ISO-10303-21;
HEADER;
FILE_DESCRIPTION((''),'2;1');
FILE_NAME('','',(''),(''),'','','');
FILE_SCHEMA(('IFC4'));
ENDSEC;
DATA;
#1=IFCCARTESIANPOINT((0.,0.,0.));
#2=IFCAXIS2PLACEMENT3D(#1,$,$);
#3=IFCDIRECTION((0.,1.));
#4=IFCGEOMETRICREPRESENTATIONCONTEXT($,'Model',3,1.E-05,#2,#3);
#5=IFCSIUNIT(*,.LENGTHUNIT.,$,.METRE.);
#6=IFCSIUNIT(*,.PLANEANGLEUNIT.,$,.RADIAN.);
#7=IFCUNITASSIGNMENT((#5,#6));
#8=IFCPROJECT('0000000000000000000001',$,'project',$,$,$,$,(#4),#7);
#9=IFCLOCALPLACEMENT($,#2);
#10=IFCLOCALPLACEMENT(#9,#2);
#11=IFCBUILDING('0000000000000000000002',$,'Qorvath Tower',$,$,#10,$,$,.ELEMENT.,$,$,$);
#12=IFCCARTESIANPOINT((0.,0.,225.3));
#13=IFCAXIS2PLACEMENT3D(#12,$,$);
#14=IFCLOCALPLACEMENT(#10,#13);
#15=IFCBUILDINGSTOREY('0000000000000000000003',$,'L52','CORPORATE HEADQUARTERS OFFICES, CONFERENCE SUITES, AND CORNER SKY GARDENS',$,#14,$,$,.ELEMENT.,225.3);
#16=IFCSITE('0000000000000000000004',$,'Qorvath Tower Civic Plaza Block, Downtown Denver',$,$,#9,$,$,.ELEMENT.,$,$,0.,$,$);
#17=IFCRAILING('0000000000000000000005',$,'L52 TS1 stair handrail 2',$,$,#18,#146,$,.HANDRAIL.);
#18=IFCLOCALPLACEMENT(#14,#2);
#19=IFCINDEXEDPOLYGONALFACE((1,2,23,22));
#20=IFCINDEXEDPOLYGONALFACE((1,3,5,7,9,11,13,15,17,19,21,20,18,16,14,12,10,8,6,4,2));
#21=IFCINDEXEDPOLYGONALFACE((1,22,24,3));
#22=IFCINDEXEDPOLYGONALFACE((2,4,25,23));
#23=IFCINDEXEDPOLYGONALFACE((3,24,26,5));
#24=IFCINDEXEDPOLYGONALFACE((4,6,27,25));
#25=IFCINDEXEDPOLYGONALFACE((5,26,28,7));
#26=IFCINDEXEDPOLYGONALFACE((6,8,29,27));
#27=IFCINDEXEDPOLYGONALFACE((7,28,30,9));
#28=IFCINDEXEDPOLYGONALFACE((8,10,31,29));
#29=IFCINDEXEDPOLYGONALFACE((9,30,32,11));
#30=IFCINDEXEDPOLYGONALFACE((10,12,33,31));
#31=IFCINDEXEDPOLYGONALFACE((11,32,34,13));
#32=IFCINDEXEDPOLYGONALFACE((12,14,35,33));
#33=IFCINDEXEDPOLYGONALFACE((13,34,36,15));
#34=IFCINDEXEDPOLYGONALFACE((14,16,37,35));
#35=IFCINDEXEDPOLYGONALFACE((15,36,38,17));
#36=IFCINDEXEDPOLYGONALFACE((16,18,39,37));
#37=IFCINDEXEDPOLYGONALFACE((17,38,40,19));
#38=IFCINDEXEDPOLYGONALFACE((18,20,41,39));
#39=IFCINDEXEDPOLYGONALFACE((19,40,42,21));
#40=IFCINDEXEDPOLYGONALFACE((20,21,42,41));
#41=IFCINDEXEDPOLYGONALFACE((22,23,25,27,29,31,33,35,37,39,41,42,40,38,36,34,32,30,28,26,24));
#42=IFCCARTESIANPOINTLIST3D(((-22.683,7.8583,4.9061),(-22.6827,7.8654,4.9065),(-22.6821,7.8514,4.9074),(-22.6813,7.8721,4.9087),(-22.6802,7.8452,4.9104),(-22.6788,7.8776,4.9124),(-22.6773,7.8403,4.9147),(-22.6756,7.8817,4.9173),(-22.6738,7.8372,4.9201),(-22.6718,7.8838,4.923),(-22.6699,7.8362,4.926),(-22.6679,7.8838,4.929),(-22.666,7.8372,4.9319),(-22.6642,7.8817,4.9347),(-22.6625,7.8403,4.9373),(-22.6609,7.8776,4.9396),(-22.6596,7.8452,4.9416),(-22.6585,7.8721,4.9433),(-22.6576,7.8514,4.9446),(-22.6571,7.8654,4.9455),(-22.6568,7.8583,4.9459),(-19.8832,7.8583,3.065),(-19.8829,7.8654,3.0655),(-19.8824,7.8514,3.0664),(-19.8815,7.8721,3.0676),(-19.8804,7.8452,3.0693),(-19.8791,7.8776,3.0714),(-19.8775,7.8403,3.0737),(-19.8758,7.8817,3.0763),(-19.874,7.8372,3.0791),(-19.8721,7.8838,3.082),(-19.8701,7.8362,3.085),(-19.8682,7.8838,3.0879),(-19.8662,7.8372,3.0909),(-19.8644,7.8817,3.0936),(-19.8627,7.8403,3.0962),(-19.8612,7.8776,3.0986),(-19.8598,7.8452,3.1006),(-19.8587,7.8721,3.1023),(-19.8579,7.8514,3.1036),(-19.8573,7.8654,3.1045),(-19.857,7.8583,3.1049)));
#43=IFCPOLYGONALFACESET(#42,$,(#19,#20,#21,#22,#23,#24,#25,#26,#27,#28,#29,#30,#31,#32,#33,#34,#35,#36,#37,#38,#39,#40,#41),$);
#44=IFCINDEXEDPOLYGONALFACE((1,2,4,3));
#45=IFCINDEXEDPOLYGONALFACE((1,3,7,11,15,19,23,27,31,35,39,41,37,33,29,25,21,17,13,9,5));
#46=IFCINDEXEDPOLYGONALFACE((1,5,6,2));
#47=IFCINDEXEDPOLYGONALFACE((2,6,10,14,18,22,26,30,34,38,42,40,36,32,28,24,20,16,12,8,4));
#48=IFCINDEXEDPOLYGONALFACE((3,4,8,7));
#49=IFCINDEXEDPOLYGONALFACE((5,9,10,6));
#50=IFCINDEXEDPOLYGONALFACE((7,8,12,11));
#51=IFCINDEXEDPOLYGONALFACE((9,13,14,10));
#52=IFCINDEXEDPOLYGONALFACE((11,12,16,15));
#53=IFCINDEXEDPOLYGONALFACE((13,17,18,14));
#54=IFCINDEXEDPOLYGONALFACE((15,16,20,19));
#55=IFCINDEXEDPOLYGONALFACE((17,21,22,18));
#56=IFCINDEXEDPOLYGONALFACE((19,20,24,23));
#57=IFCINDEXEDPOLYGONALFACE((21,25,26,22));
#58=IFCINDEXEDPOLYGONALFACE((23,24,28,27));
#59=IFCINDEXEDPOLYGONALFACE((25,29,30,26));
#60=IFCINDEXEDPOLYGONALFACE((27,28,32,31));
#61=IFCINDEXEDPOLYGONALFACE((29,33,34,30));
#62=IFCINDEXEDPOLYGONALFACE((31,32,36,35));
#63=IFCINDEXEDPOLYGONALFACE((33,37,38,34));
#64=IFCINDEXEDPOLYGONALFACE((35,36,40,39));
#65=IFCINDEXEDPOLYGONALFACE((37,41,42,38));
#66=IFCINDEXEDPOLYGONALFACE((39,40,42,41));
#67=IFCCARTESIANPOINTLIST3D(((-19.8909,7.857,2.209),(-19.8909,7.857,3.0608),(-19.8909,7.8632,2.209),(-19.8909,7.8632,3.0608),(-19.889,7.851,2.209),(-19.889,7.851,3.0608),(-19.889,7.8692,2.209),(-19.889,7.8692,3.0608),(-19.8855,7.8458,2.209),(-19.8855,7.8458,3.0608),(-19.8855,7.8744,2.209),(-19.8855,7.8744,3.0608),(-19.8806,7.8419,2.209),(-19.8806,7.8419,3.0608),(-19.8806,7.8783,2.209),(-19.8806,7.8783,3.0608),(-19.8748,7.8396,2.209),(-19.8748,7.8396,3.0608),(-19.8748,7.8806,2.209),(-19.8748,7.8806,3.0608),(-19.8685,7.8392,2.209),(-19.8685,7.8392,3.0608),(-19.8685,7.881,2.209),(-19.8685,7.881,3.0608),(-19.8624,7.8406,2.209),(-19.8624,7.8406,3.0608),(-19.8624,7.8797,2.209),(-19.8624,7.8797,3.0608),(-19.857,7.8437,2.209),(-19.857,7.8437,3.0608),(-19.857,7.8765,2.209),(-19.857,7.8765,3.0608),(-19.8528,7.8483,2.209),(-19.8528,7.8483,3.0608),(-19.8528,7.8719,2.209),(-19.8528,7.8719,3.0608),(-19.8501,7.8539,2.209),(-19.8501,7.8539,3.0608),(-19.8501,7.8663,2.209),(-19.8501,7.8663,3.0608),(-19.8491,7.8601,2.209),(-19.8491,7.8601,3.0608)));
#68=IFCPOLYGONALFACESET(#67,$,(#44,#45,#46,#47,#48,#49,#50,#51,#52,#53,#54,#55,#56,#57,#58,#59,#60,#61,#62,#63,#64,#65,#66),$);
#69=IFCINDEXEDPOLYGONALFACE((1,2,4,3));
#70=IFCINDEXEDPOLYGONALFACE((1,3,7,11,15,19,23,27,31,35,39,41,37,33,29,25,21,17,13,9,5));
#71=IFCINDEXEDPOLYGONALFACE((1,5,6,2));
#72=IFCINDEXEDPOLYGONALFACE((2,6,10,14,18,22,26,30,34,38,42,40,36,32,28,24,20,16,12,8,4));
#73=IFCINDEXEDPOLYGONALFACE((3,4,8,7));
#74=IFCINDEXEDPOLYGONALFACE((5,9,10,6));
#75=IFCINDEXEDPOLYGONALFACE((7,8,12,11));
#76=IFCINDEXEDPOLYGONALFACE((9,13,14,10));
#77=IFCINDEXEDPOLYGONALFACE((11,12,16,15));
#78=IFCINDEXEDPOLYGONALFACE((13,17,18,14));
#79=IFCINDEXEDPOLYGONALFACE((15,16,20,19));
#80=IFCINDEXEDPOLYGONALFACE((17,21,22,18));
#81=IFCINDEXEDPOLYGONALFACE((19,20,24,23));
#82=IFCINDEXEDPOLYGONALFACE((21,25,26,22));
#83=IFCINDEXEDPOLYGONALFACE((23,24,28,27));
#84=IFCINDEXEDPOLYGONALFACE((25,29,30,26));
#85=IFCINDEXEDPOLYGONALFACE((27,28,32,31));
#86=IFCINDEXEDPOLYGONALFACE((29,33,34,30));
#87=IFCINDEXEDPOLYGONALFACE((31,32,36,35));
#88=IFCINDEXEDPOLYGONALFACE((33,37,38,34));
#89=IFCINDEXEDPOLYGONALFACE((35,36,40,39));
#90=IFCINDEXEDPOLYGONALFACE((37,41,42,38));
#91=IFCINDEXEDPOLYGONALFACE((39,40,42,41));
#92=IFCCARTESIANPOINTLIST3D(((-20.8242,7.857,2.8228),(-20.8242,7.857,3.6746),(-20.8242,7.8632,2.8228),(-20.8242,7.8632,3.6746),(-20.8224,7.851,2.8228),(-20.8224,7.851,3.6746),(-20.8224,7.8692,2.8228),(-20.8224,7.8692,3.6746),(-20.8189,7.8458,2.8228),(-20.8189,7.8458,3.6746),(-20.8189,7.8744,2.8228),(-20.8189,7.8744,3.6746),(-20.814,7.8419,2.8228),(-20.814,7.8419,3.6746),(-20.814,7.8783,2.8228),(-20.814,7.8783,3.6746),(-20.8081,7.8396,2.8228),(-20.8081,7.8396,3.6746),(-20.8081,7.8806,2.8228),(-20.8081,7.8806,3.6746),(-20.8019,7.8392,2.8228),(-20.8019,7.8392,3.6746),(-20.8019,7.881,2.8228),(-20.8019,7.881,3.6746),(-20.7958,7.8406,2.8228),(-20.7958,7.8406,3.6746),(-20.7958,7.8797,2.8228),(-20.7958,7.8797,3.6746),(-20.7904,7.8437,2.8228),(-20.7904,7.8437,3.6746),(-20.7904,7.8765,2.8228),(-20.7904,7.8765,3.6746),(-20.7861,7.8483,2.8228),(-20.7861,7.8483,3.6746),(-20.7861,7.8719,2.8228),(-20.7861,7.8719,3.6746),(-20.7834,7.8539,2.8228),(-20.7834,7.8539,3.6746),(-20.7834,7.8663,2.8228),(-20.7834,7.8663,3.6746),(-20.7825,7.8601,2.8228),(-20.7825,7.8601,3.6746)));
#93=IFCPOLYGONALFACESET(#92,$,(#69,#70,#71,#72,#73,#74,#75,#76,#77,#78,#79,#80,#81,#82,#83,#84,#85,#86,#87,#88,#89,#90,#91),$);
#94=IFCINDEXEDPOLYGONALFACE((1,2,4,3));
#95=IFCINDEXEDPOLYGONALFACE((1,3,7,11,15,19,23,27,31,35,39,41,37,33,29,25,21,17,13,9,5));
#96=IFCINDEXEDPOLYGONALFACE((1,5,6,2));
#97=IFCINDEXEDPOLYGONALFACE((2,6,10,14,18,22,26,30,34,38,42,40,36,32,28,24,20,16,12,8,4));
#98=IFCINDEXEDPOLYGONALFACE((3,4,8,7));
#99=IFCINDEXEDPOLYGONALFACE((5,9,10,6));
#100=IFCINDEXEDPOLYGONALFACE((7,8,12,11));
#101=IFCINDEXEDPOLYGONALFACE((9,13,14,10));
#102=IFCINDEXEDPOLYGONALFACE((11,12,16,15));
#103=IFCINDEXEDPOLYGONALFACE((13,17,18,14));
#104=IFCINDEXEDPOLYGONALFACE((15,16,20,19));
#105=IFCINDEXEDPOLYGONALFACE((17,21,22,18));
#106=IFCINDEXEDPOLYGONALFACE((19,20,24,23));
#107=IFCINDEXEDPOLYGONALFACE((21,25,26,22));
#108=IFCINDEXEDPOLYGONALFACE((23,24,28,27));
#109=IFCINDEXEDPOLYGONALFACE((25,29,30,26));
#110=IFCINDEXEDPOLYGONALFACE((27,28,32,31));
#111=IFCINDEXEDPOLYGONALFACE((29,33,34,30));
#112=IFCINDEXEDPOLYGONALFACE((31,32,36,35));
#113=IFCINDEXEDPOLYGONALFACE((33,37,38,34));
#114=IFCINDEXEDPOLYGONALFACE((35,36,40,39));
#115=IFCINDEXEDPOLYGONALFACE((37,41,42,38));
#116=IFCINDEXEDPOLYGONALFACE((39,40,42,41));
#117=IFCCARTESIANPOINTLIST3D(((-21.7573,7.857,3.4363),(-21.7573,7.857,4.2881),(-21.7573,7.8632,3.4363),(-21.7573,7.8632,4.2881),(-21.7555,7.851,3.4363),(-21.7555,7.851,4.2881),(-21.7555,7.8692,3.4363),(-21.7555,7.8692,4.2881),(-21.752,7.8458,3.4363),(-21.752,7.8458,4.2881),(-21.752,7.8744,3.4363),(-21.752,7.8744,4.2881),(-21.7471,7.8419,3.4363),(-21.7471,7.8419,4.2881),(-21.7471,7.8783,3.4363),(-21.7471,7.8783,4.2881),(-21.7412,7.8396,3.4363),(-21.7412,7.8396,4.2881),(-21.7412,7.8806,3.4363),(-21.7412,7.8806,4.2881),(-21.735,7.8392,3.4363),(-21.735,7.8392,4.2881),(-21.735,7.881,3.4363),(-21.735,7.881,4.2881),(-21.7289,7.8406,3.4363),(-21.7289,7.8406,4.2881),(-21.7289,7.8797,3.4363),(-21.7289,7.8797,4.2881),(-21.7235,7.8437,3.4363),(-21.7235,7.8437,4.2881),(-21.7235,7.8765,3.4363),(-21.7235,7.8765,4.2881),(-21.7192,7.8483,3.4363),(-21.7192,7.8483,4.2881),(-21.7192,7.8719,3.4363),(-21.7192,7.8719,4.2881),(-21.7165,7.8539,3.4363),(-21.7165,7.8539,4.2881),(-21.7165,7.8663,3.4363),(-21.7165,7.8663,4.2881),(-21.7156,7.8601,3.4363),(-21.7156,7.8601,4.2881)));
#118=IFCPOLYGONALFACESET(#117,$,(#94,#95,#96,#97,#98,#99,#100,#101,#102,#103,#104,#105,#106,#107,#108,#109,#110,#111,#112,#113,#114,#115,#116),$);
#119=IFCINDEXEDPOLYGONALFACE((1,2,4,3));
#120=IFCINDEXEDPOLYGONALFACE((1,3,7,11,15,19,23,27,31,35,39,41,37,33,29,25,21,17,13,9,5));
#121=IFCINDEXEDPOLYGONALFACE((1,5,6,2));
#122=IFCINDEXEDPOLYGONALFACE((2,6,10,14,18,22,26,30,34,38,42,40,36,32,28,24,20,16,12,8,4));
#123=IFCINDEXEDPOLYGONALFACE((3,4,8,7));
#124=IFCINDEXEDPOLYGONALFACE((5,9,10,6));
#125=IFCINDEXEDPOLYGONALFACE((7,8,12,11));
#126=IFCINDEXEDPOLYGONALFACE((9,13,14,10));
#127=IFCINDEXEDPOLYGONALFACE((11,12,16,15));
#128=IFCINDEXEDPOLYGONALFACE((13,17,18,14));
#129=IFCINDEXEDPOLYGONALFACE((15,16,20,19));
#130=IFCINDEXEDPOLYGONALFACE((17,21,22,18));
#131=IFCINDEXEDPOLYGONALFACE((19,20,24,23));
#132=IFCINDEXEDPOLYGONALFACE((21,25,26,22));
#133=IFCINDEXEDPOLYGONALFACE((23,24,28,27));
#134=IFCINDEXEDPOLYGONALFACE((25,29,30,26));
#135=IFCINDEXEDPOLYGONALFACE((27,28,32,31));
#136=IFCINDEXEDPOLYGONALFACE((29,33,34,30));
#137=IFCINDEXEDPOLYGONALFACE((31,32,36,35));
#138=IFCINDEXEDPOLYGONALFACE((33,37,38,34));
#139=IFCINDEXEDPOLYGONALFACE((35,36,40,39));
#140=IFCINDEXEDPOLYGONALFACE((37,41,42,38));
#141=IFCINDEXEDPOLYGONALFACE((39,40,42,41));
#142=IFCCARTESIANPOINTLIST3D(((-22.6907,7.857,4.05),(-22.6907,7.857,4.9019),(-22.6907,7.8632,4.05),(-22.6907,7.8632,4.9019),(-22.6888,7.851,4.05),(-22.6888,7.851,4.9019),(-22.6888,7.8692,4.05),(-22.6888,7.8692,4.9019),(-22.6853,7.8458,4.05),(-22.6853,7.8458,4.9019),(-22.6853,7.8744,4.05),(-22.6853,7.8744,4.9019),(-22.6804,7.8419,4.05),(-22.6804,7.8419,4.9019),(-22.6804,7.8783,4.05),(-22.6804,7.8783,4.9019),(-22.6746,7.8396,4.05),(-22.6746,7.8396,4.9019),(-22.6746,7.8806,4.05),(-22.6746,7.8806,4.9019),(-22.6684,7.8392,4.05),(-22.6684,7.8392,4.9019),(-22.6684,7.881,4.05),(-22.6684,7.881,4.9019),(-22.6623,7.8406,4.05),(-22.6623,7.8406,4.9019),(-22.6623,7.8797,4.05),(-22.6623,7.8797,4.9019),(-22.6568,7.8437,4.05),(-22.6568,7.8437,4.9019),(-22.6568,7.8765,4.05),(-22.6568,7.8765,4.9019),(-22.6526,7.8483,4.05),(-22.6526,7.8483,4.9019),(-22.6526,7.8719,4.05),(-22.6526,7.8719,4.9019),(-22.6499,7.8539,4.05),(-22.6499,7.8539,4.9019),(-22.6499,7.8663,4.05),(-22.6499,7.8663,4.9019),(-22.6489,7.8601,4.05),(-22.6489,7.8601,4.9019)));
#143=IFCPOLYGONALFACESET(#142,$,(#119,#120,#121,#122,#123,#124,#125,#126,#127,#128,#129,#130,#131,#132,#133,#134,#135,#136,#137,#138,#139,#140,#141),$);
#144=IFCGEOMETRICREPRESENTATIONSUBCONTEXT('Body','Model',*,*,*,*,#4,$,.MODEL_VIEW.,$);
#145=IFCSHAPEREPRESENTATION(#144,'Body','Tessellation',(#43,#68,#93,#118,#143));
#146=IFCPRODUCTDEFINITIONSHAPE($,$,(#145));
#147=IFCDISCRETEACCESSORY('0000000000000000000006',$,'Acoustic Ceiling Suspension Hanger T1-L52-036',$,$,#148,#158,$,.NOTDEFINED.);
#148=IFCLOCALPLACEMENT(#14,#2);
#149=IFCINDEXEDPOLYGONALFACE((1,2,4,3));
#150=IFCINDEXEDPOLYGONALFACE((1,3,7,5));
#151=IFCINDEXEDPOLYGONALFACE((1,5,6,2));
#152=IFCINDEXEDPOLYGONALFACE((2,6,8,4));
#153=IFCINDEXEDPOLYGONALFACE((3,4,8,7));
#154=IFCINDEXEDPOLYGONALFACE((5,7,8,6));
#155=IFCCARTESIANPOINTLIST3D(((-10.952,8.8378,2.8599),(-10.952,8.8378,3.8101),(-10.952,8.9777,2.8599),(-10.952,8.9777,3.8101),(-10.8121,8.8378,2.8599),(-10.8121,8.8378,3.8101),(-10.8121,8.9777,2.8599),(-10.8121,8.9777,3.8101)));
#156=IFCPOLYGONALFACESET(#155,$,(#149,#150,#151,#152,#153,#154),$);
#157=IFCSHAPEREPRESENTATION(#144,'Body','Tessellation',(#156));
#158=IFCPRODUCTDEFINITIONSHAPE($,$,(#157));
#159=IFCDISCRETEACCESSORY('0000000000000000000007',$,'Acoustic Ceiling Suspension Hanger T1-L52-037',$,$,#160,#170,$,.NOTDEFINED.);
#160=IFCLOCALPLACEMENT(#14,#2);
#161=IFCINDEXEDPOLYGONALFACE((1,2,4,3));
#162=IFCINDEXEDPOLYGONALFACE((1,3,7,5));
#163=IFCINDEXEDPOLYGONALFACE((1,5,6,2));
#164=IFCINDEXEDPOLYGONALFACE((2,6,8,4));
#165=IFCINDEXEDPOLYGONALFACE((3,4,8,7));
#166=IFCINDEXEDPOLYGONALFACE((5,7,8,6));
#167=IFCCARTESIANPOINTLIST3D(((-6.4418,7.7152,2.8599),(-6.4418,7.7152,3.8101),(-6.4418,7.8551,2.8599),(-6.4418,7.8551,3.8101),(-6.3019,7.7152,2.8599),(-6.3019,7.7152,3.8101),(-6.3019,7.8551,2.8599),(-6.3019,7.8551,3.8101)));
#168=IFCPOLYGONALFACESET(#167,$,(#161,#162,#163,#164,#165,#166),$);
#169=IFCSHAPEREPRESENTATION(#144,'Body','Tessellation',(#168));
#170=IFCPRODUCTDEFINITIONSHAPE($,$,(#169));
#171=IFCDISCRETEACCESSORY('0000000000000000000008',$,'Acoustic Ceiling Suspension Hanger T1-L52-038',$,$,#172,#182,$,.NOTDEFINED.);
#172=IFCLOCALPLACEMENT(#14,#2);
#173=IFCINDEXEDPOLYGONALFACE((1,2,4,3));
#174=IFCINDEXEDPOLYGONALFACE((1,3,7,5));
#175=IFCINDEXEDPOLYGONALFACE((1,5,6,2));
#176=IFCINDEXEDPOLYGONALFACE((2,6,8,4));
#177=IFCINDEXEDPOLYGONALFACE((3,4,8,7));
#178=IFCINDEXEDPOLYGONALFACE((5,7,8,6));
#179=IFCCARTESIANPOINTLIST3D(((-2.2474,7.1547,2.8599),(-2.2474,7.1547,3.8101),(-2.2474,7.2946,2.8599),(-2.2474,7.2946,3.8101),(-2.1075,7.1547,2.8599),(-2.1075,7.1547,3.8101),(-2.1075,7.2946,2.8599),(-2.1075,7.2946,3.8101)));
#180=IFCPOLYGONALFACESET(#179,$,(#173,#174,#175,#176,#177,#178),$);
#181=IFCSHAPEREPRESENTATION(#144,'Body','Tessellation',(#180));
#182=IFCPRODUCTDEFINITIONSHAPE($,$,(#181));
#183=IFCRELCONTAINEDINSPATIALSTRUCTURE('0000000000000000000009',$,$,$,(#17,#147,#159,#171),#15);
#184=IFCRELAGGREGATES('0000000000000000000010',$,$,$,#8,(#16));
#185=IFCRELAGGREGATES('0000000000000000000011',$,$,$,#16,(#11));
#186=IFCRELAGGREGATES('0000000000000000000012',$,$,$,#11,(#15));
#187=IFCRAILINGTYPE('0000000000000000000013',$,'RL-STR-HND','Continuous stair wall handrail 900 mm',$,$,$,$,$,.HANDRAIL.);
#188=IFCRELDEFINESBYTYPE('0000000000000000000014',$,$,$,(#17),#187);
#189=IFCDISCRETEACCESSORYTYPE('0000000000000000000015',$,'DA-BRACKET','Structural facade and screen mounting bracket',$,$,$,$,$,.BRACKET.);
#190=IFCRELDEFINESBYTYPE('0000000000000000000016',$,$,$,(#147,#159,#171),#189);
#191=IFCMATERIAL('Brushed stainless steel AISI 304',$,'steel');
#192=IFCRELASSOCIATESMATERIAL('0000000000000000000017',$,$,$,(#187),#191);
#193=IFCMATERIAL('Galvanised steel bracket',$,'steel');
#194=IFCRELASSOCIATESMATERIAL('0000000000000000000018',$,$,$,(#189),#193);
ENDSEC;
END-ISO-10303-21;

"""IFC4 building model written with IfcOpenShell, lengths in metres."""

from ifc_helpers import new_model, si_unit, direction, frame, origin, origin_2d, place, context, subcontext, project, spatial, rectangle, circle, extrude, material, type_object, element, save


model = new_model("IFC4")

# Units and contexts
model_context = context("Model", 3, precision=1e-05, world=origin(), true_north=direction((0.0, 1.0)))
body_context = subcontext(model_context, "Body", "Model", "MODEL_VIEW")
ifc_project = project(units=[si_unit("LENGTHUNIT", "METRE"), si_unit("PLANEANGLEUNIT", "RADIAN")], contexts=[model_context])

# Site, building, storey
site_placement = place(None, origin())
site = spatial("IfcSite", under=ifc_project, at=site_placement, Name="Qorvath Tower Civic Plaza Block, Downtown Denver", CompositionType="ELEMENT", RefElevation=0.0)
building_placement = place(site_placement, origin())
building = spatial("IfcBuilding", under=site, at=building_placement, Name="Qorvath Tower", CompositionType="ELEMENT")
storey_placement = place(building_placement, frame((0.0, 0.0, 225.3)))
storey = spatial("IfcBuildingStorey", under=building, at=storey_placement, Name="L52", Description="CORPORATE HEADQUARTERS OFFICES, CONFERENCE SUITES, AND CORNER SKY GARDENS", CompositionType="ELEMENT", Elevation=225.3)

# Railing
ifc_material_1 = material(Name="Brushed stainless steel AISI 304", Category="steel")
railing_type_1 = type_object("IfcRailingType", Name="RL-STR-HND", Description="Continuous stair wall handrail 900 mm", PredefinedType="HANDRAIL", material=ifc_material_1)
railing_1_placement = place(storey_placement, frame((-19.8701, 7.8601, 2.209)))
element("IfcRailing", 1, at=railing_1_placement, inside=storey, type_object=railing_type_1, Name="L52 TS1 stair handrail 2", PredefinedType="HANDRAIL", context=body_context, shape_type="SweptSolid", body=[
    extrude(circle(Radius=0.0239, at=origin_2d()), frame((0.0, 0.0, 0.876), z_axis=(-0.835542, 0.0, 0.549426), x_axis=(0.0, -1.0, 0.0)), (0.0, 0.0, 1.0), 3.3508),
    extrude(circle(Radius=0.021, at=origin_2d()), origin(), (0.0, 0.0, 1.0), 0.8518),
    extrude(circle(Radius=0.021, at=origin_2d()), frame((-0.9333, 0.0, 0.6138)), (0.0, 0.0, 1.0), 0.8518),
    extrude(circle(Radius=0.021, at=origin_2d()), frame((-1.8665, 0.0, 1.2273)), (0.0, 0.0, 1.0), 0.8518),
    extrude(circle(Radius=0.021, at=origin_2d()), frame((-2.7998, 0.0, 1.8411)), (0.0, 0.0, 1.0), 0.8518),
])

# Discrete accessories
ifc_material_2 = material(Name="Galvanised steel bracket", Category="steel")
discrete_accessory_type = type_object("IfcDiscreteAccessoryType", Name="DA-BRACKET", Description="Structural facade and screen mounting bracket", PredefinedType="BRACKET", material=ifc_material_2)
for number, where, z_axis, x_axis, name in (
    (2, (-10.8821, 8.9077, 2.8599), (0.0, 0.0, 1.0), (1.0, 0.0, 0.0), "Acoustic Ceiling Suspension Hanger T1-L52-036"),
    (3, (-6.3718, 7.7852, 2.8599), (0.0, 0.0, 1.0), (1.0, 0.0, 0.0), "Acoustic Ceiling Suspension Hanger T1-L52-037"),
    (4, (-2.1775, 7.2246, 2.8599), (0.0, 0.0, 1.0), (1.0, 0.0, 0.0), "Acoustic Ceiling Suspension Hanger T1-L52-038"),
):
    element("IfcDiscreteAccessory", number, at=place(storey_placement, frame(where, z_axis=z_axis, x_axis=x_axis)), inside=storey, type_object=discrete_accessory_type, Name=name, PredefinedType="NOTDEFINED", context=body_context, shape_type="SweptSolid", body=[
        extrude(rectangle(XDim=0.1399, YDim=0.1399, at=origin_2d()), origin(), (0.0, 0.0, 1.0), 0.9502),
    ])

save(model, "model.ifc")
